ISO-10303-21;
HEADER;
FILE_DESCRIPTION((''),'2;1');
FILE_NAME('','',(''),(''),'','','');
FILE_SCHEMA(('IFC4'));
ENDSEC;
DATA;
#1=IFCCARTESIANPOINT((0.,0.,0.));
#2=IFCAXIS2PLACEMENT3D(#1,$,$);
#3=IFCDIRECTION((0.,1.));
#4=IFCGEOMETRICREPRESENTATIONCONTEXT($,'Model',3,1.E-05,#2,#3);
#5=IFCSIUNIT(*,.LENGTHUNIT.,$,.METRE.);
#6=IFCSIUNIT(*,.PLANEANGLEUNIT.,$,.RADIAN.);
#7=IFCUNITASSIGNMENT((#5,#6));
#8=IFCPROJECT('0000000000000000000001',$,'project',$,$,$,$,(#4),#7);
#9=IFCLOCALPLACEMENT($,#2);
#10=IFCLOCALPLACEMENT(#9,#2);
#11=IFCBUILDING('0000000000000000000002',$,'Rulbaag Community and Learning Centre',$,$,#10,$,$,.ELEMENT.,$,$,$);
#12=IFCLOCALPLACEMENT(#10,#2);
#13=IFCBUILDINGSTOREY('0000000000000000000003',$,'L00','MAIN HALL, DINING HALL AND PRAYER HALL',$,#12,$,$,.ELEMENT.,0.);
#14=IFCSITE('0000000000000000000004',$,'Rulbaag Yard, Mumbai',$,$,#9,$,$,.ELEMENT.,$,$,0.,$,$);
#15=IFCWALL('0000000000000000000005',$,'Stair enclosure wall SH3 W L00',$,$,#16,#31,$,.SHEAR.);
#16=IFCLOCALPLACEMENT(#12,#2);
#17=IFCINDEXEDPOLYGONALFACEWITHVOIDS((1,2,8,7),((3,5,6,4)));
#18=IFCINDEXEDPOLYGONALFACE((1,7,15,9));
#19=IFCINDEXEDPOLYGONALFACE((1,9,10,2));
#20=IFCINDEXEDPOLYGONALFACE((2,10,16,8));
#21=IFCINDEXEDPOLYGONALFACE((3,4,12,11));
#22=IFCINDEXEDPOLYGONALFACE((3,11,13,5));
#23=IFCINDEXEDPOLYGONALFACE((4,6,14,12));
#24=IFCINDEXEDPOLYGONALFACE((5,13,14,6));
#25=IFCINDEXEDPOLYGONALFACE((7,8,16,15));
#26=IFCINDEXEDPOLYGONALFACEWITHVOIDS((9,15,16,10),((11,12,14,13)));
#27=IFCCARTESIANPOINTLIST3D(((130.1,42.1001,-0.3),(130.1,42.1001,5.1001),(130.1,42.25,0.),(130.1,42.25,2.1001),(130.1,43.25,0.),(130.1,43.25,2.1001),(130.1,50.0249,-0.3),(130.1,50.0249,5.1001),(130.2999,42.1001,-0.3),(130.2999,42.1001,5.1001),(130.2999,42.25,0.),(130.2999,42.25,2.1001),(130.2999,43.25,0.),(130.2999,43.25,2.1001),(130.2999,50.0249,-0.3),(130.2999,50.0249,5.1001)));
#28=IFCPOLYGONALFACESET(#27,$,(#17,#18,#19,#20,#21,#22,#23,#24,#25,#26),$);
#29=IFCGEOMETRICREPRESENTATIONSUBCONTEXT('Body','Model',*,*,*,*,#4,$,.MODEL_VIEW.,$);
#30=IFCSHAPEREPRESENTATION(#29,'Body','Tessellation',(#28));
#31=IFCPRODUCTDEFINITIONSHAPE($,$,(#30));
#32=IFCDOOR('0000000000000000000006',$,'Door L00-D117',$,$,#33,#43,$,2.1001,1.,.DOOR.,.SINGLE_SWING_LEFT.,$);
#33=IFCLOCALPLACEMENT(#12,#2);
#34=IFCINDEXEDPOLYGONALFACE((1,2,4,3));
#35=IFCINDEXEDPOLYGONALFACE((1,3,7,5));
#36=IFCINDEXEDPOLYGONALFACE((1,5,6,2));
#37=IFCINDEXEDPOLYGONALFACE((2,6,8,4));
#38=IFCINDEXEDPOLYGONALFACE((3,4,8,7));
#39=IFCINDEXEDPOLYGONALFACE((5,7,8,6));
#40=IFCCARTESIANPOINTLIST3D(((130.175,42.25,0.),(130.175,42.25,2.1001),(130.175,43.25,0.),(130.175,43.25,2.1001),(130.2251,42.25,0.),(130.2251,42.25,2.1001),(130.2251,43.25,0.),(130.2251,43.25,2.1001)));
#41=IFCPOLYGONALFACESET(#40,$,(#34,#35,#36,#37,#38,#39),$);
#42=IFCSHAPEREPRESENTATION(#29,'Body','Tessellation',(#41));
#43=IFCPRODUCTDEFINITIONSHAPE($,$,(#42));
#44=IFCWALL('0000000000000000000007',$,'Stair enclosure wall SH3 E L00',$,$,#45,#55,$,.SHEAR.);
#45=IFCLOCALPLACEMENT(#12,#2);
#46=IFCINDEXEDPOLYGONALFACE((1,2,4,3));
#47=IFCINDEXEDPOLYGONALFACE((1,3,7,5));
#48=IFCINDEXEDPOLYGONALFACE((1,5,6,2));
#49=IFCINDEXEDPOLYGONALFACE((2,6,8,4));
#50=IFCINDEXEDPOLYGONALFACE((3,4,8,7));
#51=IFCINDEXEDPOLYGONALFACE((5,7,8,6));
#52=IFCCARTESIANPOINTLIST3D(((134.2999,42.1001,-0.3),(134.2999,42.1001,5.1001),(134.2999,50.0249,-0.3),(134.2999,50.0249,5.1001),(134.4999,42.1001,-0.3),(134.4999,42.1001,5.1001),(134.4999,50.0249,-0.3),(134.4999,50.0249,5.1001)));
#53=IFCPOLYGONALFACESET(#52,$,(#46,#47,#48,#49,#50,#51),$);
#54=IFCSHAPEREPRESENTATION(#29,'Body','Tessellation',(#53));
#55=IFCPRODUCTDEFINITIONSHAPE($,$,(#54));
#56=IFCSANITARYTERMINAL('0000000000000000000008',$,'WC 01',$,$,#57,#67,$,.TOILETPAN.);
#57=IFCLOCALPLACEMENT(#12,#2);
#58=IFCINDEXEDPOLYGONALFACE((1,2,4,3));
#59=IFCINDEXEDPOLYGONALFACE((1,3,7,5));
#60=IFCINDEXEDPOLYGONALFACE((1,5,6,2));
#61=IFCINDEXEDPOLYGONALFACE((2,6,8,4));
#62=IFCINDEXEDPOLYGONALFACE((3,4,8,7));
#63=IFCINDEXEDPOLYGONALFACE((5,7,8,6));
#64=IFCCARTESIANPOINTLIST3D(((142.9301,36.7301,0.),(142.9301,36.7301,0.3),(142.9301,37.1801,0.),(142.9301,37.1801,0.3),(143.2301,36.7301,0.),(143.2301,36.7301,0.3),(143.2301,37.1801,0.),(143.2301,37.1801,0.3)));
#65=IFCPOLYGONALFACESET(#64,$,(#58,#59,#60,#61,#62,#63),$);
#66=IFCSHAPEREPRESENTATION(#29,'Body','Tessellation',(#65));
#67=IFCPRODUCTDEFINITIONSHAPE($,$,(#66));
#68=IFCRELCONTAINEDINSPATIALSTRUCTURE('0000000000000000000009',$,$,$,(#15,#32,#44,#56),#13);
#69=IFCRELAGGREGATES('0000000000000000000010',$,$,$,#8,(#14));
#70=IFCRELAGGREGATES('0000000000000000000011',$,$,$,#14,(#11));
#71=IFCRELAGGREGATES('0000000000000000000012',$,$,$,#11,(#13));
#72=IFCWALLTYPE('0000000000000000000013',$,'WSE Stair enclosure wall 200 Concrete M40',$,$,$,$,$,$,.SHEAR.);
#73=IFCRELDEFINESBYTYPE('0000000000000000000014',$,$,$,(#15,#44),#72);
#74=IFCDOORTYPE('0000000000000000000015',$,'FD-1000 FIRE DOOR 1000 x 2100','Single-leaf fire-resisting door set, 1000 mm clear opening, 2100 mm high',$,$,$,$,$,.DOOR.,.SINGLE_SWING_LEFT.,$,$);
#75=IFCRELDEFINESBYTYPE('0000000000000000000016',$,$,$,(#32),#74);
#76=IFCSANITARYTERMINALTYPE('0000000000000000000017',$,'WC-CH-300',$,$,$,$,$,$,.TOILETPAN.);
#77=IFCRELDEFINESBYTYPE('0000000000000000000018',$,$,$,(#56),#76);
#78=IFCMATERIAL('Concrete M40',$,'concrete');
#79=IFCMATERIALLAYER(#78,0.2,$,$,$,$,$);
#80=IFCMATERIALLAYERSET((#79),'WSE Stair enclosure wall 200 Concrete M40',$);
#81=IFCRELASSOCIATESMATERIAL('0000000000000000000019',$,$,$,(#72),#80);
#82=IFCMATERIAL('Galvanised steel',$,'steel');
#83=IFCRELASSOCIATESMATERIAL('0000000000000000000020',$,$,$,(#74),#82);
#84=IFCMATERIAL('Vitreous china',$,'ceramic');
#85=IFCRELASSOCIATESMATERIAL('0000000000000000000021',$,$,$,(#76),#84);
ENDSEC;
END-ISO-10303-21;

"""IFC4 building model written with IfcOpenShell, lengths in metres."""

from ifc_helpers import new_model, si_unit, direction, frame, frame_2d, origin, origin_2d, place, context, subcontext, project, spatial, rectangle, extrude, material, layer, layer_set, type_object, element, fill, save


model = new_model("IFC4")

# Units and contexts
model_context = context("Model", 3, precision=1e-05, world=origin(), true_north=direction((0.0, 1.0)))
body_context = subcontext(model_context, "Body", "Model", "MODEL_VIEW")
ifc_project = project(units=[si_unit("LENGTHUNIT", "METRE"), si_unit("PLANEANGLEUNIT", "RADIAN")], contexts=[model_context])

# Site, building, storey
site_placement = place(None, origin())
site = spatial("IfcSite", under=ifc_project, at=site_placement, Name="Rulbaag Yard, Mumbai", CompositionType="ELEMENT", RefElevation=0.0)
building_placement = place(site_placement, origin())
building = spatial("IfcBuilding", under=site, at=building_placement, Name="Rulbaag Community and Learning Centre", CompositionType="ELEMENT")
storey_placement = place(building_placement, origin())
storey = spatial("IfcBuildingStorey", under=building, at=storey_placement, Name="L00", Description="MAIN HALL, DINING HALL AND PRAYER HALL", CompositionType="ELEMENT", Elevation=0.0)

# Shared definitions
ifc_material_1 = material(Name="Concrete M40", Category="concrete")

# Shared definitions
ifc_layer_1 = layer(ifc_material_1, 0.2)
ifc_layer_set_1 = layer_set([ifc_layer_1], Name="WSE Stair enclosure wall 200 Concrete M40")
wall_type_1 = type_object("IfcWallType", Name="WSE Stair enclosure wall 200 Concrete M40", PredefinedType="SHEAR", material=ifc_layer_set_1)

# Wall, opening, door
wall_1_placement = place(storey_placement, frame((130.2, 42.1001, -0.3), z_axis=(0.0, 0.0, 1.0), x_axis=(0.0, 1.0, 0.0)))
wall_1 = element("IfcWall", 1, at=wall_1_placement, inside=storey, type_object=wall_type_1, Name="Stair enclosure wall SH3 W L00", PredefinedType="SHEAR", context=body_context, shape_type="SweptSolid", body=[
    extrude(rectangle(XDim=7.9248, YDim=0.2, at=frame_2d((3.9624, 0.0))), origin(), (0.0, 0.0, 1.0), 5.4001),
])
opening_1_placement = place(wall_1_placement, frame((0.1499, 0.0, 0.3)))
opening_1 = element("IfcOpeningElement", 2, at=opening_1_placement, cuts=wall_1, PredefinedType="OPENING", context=body_context, shape_type="SweptSolid", body=[
    extrude(rectangle(XDim=1.0, YDim=2.1001, at=frame_2d((0.5, 1.05))), frame((0.0, 0.1099, 0.0), z_axis=(0.0, -1.0, 0.0), x_axis=(1.0, 0.0, 0.0)), (0.0, 0.0, 1.0), 0.22),
])
ifc_material_2 = material(Name="Galvanised steel", Category="steel")
door_type_1 = type_object("IfcDoorType", Name="FD-1000 FIRE DOOR 1000 x 2100", Description="Single-leaf fire-resisting door set, 1000 mm clear opening, 2100 mm high", OperationType="SINGLE_SWING_LEFT", PredefinedType="DOOR", material=ifc_material_2)
door_1_placement = place(opening_1_placement, origin())
door_1 = element("IfcDoor", 3, at=door_1_placement, inside=storey, type_object=door_type_1, Name="Door L00-D117", OperationType="SINGLE_SWING_LEFT", OverallHeight=2.1001, OverallWidth=1.0, PredefinedType="DOOR", context=body_context, shape_type="SweptSolid", body=[
    extrude(rectangle(XDim=1.0, YDim=2.1001, at=frame_2d((0.5, 1.05))), frame((0.0, 0.0249, 0.0), z_axis=(0.0, -1.0, 0.0), x_axis=(1.0, 0.0, 0.0)), (0.0, 0.0, 1.0), 0.05),
])
fill(opening_1, door_1)

# Wall
wall_2_placement = place(storey_placement, frame((134.3999, 42.1001, -0.3), z_axis=(0.0, 0.0, 1.0), x_axis=(0.0, 1.0, 0.0)))
element("IfcWall", 4, at=wall_2_placement, inside=storey, type_object=wall_type_1, Name="Stair enclosure wall SH3 E L00", PredefinedType="SHEAR", context=body_context, shape_type="SweptSolid", body=[
    extrude(rectangle(XDim=7.9248, YDim=0.2, at=frame_2d((3.9624, 0.0))), origin(), (0.0, 0.0, 1.0), 5.4001),
])

# Sanitary terminal
ifc_material_3 = material(Name="Vitreous china", Category="ceramic")
sanitary_terminal_type = type_object("IfcSanitaryTerminalType", Name="WC-CH-300", PredefinedType="TOILETPAN", material=ifc_material_3)
sanitary_terminal_placement = place(storey_placement, frame((143.0801, 36.9551, 0.0), z_axis=(0.0, 0.0, 1.0), x_axis=(1.0, 0.0, 0.0)))
element("IfcSanitaryTerminal", 5, at=sanitary_terminal_placement, inside=storey, type_object=sanitary_terminal_type, Name="WC 01", PredefinedType="TOILETPAN", context=body_context, shape_type="SweptSolid", body=[
    extrude(rectangle(XDim=0.3, YDim=0.45, at=origin_2d()), origin(), (0.0, 0.0, 1.0), 0.3),
])

save(model, "model.ifc")
